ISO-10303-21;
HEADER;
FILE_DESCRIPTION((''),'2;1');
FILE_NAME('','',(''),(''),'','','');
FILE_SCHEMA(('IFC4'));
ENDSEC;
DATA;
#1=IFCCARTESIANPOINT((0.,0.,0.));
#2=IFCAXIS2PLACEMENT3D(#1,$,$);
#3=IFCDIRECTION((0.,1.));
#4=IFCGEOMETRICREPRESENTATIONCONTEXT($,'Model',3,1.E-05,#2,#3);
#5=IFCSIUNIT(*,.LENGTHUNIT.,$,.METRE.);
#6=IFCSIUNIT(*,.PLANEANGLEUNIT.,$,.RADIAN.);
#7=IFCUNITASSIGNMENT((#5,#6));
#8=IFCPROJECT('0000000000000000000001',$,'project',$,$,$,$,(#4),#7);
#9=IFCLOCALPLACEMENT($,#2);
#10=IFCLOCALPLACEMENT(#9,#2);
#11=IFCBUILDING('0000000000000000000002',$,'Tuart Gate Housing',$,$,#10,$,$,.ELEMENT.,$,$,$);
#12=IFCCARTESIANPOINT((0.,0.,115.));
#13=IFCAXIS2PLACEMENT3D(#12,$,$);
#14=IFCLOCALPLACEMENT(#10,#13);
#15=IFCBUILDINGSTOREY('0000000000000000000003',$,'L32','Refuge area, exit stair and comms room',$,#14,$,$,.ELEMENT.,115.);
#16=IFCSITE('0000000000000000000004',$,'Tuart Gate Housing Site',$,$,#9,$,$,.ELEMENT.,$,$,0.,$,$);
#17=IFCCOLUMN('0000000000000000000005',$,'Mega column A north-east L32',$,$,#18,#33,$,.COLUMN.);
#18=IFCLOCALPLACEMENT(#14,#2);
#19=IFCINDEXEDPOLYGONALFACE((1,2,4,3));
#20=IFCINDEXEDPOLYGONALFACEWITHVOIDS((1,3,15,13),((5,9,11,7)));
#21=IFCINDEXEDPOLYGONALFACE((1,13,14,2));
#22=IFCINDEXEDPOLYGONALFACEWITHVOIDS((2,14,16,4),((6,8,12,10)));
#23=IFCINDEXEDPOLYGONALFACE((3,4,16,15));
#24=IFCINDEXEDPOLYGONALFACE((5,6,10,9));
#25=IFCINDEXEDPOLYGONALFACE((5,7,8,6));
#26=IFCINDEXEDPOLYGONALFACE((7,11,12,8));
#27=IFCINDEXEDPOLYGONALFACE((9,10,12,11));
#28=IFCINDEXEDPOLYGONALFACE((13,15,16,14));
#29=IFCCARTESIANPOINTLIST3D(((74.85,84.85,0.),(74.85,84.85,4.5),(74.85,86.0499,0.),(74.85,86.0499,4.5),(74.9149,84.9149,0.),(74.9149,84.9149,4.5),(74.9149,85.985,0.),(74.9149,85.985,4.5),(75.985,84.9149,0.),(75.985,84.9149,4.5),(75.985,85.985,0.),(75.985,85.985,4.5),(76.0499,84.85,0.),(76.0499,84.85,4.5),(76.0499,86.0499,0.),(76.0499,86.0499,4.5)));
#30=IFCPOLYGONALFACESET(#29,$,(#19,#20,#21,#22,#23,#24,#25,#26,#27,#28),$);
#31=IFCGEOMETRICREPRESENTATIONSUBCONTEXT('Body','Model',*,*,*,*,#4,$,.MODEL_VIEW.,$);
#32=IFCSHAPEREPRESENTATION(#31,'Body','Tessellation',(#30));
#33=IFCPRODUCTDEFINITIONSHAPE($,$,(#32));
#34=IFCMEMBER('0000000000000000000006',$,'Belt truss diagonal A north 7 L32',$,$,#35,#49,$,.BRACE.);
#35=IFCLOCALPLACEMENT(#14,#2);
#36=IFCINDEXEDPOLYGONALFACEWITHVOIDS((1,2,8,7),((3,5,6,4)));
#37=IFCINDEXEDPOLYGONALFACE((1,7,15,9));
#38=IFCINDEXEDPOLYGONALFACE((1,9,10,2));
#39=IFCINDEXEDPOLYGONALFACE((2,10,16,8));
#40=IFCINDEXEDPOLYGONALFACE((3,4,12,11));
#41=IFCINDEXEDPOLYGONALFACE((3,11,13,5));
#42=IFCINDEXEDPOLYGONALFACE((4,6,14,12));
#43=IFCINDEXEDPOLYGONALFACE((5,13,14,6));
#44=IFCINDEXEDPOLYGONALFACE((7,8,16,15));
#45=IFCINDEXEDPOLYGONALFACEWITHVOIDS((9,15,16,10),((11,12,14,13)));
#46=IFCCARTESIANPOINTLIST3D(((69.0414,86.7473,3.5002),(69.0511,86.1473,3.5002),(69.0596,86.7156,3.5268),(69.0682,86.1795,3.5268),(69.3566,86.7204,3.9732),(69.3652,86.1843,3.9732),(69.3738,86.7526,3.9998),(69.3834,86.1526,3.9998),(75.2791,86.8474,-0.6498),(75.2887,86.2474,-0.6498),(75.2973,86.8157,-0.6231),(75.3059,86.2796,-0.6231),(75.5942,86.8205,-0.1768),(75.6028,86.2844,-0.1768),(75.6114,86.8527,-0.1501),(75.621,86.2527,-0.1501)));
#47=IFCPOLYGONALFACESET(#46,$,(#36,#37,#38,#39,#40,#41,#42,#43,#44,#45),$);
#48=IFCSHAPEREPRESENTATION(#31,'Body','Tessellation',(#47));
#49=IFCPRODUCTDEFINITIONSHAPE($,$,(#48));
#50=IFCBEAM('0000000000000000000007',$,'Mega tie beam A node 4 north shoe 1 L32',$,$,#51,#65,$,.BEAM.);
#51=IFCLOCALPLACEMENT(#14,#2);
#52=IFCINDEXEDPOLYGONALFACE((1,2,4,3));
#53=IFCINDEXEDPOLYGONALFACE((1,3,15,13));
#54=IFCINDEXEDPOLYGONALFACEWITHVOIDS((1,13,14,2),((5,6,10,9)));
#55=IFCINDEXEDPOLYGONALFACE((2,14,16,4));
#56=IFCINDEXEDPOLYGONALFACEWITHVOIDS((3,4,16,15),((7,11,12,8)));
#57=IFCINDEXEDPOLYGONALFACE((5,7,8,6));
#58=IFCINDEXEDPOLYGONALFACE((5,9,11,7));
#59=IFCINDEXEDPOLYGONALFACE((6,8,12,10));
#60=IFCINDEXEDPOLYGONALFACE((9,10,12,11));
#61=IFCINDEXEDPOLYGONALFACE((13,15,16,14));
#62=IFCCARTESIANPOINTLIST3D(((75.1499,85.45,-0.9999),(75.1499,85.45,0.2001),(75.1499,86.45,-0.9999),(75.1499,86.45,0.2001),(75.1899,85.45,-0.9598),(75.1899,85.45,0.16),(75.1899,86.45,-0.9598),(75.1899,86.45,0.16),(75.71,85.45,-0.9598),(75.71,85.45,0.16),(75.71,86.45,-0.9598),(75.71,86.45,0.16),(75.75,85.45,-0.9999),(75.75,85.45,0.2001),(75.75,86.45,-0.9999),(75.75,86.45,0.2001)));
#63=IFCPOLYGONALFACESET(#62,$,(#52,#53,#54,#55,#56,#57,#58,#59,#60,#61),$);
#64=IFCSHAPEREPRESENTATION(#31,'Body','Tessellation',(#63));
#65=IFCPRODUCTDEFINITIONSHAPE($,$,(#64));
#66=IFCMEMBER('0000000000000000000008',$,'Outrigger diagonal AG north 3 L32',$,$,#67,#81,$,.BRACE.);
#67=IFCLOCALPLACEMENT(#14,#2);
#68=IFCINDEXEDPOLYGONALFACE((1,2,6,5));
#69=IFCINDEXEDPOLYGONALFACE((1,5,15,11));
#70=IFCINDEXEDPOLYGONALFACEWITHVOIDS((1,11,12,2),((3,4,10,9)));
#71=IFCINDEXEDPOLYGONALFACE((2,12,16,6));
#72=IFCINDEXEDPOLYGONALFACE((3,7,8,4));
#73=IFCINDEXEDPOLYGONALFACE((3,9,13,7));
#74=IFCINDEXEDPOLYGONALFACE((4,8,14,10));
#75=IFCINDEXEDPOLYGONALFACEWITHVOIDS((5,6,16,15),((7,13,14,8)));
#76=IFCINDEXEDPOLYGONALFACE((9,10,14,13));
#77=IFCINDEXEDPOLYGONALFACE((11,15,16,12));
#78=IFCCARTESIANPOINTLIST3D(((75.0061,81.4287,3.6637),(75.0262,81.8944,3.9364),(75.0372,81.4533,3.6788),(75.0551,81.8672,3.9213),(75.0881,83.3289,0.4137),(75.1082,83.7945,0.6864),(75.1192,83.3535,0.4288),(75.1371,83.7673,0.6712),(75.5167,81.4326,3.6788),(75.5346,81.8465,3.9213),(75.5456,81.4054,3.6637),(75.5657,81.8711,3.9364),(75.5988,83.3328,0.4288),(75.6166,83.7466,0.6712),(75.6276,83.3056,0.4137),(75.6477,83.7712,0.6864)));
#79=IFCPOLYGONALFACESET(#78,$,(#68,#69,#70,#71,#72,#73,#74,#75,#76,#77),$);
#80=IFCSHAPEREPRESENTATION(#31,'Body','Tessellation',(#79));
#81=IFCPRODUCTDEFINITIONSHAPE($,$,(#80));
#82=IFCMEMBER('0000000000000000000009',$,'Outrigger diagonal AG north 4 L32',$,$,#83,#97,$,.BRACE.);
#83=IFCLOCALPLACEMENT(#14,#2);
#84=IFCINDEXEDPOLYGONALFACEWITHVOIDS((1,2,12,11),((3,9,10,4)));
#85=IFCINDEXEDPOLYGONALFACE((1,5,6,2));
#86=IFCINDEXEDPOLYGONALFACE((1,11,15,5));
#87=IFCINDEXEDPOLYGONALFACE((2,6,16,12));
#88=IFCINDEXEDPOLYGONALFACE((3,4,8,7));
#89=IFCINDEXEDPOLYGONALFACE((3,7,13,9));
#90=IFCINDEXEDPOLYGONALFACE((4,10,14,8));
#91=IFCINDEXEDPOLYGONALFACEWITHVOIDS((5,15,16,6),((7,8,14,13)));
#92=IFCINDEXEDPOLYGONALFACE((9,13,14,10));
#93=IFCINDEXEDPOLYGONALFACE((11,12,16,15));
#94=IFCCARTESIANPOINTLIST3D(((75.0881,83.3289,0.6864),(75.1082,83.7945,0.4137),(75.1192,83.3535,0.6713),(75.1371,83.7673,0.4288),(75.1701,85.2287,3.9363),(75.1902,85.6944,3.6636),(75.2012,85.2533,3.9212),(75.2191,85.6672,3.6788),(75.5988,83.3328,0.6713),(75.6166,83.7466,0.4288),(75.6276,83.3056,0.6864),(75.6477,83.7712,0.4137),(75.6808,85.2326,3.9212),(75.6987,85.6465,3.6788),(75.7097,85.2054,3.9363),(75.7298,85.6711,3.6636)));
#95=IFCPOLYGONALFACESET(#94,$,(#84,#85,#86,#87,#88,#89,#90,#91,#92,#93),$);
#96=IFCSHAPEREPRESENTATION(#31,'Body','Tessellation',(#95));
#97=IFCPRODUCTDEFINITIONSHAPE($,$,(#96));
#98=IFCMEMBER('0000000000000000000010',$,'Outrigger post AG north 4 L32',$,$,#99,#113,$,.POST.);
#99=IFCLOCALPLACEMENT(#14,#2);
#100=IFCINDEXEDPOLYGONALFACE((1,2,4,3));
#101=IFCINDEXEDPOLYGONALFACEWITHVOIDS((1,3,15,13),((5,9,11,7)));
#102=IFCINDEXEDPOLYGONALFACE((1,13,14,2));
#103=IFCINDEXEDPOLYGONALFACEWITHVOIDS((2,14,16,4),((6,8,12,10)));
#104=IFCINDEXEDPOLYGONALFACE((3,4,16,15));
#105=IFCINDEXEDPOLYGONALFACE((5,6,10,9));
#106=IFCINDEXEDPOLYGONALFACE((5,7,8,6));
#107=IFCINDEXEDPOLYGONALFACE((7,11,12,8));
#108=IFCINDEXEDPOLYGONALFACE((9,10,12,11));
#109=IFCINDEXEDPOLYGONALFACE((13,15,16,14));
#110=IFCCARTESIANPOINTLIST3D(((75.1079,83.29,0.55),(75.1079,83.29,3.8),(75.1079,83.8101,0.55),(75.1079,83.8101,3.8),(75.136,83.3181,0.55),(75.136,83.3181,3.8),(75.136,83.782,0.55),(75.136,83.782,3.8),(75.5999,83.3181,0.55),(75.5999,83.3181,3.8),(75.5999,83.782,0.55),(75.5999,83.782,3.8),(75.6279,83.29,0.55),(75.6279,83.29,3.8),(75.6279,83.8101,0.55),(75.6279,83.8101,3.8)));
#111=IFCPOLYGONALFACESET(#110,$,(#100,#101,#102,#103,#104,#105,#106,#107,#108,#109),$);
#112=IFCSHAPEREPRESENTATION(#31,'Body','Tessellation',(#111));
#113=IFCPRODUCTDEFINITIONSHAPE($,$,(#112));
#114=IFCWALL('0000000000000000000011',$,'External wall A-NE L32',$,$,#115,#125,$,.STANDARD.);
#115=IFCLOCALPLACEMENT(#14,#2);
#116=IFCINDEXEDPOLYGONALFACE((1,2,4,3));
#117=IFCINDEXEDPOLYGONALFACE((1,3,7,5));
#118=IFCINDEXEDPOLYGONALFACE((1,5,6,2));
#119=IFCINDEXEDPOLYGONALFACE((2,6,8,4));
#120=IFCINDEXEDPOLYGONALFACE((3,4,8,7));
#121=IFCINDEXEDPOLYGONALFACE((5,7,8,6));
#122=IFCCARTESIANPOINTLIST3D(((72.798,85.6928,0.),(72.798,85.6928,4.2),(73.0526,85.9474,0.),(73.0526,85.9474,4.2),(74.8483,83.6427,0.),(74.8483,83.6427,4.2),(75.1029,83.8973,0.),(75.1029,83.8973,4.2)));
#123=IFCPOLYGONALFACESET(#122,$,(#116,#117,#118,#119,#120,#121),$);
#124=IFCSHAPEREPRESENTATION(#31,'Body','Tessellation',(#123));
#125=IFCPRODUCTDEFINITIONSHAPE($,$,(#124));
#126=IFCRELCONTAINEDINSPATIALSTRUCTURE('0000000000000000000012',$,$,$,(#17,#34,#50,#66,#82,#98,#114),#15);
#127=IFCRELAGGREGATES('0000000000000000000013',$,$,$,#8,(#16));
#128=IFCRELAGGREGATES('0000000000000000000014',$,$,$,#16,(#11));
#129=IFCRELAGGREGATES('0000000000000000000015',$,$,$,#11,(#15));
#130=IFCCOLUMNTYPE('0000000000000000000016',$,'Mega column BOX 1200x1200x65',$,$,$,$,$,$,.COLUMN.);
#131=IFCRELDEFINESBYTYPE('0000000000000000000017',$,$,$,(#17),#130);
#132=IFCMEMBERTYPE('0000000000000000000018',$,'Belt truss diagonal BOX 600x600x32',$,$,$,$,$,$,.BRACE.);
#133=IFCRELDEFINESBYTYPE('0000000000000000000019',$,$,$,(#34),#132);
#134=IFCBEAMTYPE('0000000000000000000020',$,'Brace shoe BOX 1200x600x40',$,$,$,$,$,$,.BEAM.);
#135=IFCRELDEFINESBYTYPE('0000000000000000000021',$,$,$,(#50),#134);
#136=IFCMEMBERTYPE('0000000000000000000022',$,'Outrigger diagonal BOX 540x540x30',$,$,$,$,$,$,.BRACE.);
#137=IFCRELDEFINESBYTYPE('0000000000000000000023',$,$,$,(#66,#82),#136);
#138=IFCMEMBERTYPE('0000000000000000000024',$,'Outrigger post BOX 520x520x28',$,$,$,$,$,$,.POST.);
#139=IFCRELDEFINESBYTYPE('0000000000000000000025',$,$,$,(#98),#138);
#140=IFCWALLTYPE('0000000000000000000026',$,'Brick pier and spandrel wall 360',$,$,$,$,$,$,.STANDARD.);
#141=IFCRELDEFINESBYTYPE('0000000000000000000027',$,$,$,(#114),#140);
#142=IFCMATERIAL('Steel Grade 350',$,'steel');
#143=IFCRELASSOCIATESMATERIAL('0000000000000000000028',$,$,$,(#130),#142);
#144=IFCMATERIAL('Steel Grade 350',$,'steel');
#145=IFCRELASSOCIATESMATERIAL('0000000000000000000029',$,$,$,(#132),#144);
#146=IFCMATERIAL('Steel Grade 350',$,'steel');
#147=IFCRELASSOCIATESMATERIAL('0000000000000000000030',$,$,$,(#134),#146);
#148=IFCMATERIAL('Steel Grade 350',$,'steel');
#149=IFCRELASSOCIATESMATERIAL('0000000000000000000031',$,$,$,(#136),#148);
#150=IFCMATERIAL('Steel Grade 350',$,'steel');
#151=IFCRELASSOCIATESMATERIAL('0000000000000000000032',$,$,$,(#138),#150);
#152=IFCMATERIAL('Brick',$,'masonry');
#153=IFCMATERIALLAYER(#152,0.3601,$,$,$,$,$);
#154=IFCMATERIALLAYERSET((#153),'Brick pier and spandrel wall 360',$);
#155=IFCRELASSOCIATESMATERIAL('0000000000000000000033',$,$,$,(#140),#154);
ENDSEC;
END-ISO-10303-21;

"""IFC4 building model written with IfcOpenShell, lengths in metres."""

from ifc_helpers import new_model, si_unit, direction, frame, frame_2d, origin, origin_2d, place, context, subcontext, project, spatial, rectangle, hollow_rectangle, extrude, material, layer, layer_set, material_profile, profile_set, type_object, element, save


model = new_model("IFC4")

# Units and contexts
model_context = context("Model", 3, precision=1e-05, world=origin(), true_north=direction((0.0, 1.0)))
body_context = subcontext(model_context, "Body", "Model", "MODEL_VIEW")
ifc_project = project(units=[si_unit("LENGTHUNIT", "METRE"), si_unit("PLANEANGLEUNIT", "RADIAN")], contexts=[model_context])

# Site, building, storey
site_placement = place(None, origin())
site = spatial("IfcSite", under=ifc_project, at=site_placement, Name="Tuart Gate Housing Site", CompositionType="ELEMENT", RefElevation=0.0)
building_placement = place(site_placement, origin())
building = spatial("IfcBuilding", under=site, at=building_placement, Name="Tuart Gate Housing", CompositionType="ELEMENT")
storey_placement = place(building_placement, frame((0.0, 0.0, 115.0)))
storey = spatial("IfcBuildingStorey", under=building, at=storey_placement, Name="L32", Description="Refuge area, exit stair and comms room", CompositionType="ELEMENT", Elevation=115.0)

# Column
ifc_material_1 = material(Name="Steel Grade 350", Category="steel")
ifc_material_profile_1 = material_profile(ifc_material_1, hollow_rectangle(XDim=1.2, YDim=1.2, WallThickness=0.0649, at=origin_2d()), Name="BOX 1200x1200x65")
ifc_profile_set_1 = profile_set([ifc_material_profile_1], Name="Steel Grade 350")
column_type = type_object("IfcColumnType", Name="Mega column BOX 1200x1200x65", PredefinedType="COLUMN", material=ifc_profile_set_1)
column_placement = place(storey_placement, frame((75.45, 85.45, 0.0), z_axis=(0.0, 0.0, 1.0), x_axis=(1.0, 0.0, 0.0)))
element("IfcColumn", 1, at=column_placement, inside=storey, type_object=column_type, Name="Mega column A north-east L32", PredefinedType="COLUMN", context=body_context, shape_type="SweptSolid", body=[
    extrude(hollow_rectangle(XDim=1.2, YDim=1.2, WallThickness=0.0649, at=origin_2d()), origin(), (0.0, 0.0, 1.0), 4.5),
])

# Member
ifc_material_2 = material(Name="Steel Grade 350", Category="steel")
ifc_material_profile_2 = material_profile(ifc_material_2, hollow_rectangle(XDim=0.6001, YDim=0.6001, WallThickness=0.032, at=origin_2d()), Name="BOX 600x600x32")
ifc_profile_set_2 = profile_set([ifc_material_profile_2], Name="Steel Grade 350")
member_type_1 = type_object("IfcMemberType", Name="Belt truss diagonal BOX 600x600x32", PredefinedType="BRACE", material=ifc_profile_set_2)
member_1_placement = place(storey_placement, frame((69.2124, 86.45, 3.75), z_axis=(0.832497, 0.01336, -0.553868), x_axis=(-0.016046, 0.999871, 0.0)))
element("IfcMember", 2, at=member_1_placement, inside=storey, type_object=member_type_1, Name="Belt truss diagonal A north 7 L32", PredefinedType="BRACE", context=body_context, shape_type="SweptSolid", body=[
    extrude(hollow_rectangle(XDim=0.6001, YDim=0.6001, WallThickness=0.032, at=origin_2d()), origin(), (0.0, 0.0, 1.0), 7.4927),
])

# Beam
ifc_material_3 = material(Name="Steel Grade 350", Category="steel")
ifc_material_profile_3 = material_profile(ifc_material_3, hollow_rectangle(XDim=0.6001, YDim=1.2, WallThickness=0.04, at=origin_2d()), Name="BOX 1200x600x40")
ifc_profile_set_3 = profile_set([ifc_material_profile_3], Name="Steel Grade 350")
beam_type = type_object("IfcBeamType", Name="Brace shoe BOX 1200x600x40", PredefinedType="BEAM", material=ifc_profile_set_3)
beam_placement = place(storey_placement, frame((75.45, 85.45, -0.3999), z_axis=(0.0, 1.0, 0.0), x_axis=(-1.0, 0.0, 0.0)))
element("IfcBeam", 3, at=beam_placement, inside=storey, type_object=beam_type, Name="Mega tie beam A node 4 north shoe 1 L32", PredefinedType="BEAM", context=body_context, shape_type="SweptSolid", body=[
    extrude(hollow_rectangle(XDim=0.6001, YDim=1.2, WallThickness=0.04, at=origin_2d()), origin(), (0.0, 0.0, 1.0), 1.0),
])

# Members
ifc_material_4 = material(Name="Steel Grade 350", Category="steel")
ifc_material_profile_4 = material_profile(ifc_material_4, hollow_rectangle(XDim=0.54, YDim=0.54, WallThickness=0.03, at=origin_2d()), Name="BOX 540x540x30")
ifc_profile_set_4 = profile_set([ifc_material_profile_4], Name="Steel Grade 350")
member_type_2 = type_object("IfcMemberType", Name="Outrigger diagonal BOX 540x540x30", PredefinedType="BRACE", material=ifc_profile_set_4)
member_2_placement = place(storey_placement, frame((75.2859, 81.6499, 3.8), z_axis=(0.021784, 0.504606, -0.863075), x_axis=(-0.999069, 0.043131, 0.0)))
element("IfcMember", 4, at=member_2_placement, inside=storey, type_object=member_type_2, Name="Outrigger diagonal AG north 3 L32", PredefinedType="BRACE", context=body_context, shape_type="SweptSolid", body=[
    extrude(hollow_rectangle(XDim=0.54, YDim=0.54, WallThickness=0.03, at=origin_2d()), origin(), (0.0, 0.0, 1.0), 3.7656),
])
member_3_placement = place(storey_placement, frame((75.3679, 83.55, 0.55), z_axis=(0.021785, 0.504557, 0.863103), x_axis=(-0.999069, 0.043136, 0.0)))
element("IfcMember", 5, at=member_3_placement, inside=storey, type_object=member_type_2, Name="Outrigger diagonal AG north 4 L32", PredefinedType="BRACE", context=body_context, shape_type="SweptSolid", body=[
    extrude(hollow_rectangle(XDim=0.54, YDim=0.54, WallThickness=0.03, at=origin_2d()), origin(), (0.0, 0.0, 1.0), 3.7654),
])
ifc_material_5 = material(Name="Steel Grade 350", Category="steel")
ifc_material_profile_5 = material_profile(ifc_material_5, hollow_rectangle(XDim=0.52, YDim=0.52, WallThickness=0.0281, at=origin_2d()), Name="BOX 520x520x28")
ifc_profile_set_5 = profile_set([ifc_material_profile_5], Name="Steel Grade 350")
member_type_3 = type_object("IfcMemberType", Name="Outrigger post BOX 520x520x28", PredefinedType="POST", material=ifc_profile_set_5)
member_4_placement = place(storey_placement, frame((75.3679, 83.55, 0.55), z_axis=(0.0, 0.0, 1.0), x_axis=(1.0, 0.0, 0.0)))
element("IfcMember", 6, at=member_4_placement, inside=storey, type_object=member_type_3, Name="Outrigger post AG north 4 L32", PredefinedType="POST", context=body_context, shape_type="SweptSolid", body=[
    extrude(hollow_rectangle(XDim=0.52, YDim=0.52, WallThickness=0.0281, at=origin_2d()), origin(), (0.0, 0.0, 1.0), 3.25),
])

# Wall
ifc_material_6 = material(Name="Brick", Category="masonry")
ifc_layer = layer(ifc_material_6, 0.3601)
ifc_layer_set = layer_set([ifc_layer], Name="Brick pier and spandrel wall 360")
wall_type = type_object("IfcWallType", Name="Brick pier and spandrel wall 360", PredefinedType="STANDARD", material=ifc_layer_set)
wall_1_placement = place(storey_placement, frame((74.9756, 83.77, 0.0), z_axis=(0.0, 0.0, 1.0), x_axis=(-0.707149, 0.707065, 0.0)))
element("IfcWall", 7, at=wall_1_placement, inside=storey, type_object=wall_type, Name="External wall A-NE L32", PredefinedType="STANDARD", context=body_context, shape_type="SweptSolid", body=[
    extrude(rectangle(XDim=2.8994, YDim=0.3601, at=frame_2d((1.4497, 0.0))), origin(), (0.0, 0.0, 1.0), 4.2),
])

save(model, "model.ifc")
